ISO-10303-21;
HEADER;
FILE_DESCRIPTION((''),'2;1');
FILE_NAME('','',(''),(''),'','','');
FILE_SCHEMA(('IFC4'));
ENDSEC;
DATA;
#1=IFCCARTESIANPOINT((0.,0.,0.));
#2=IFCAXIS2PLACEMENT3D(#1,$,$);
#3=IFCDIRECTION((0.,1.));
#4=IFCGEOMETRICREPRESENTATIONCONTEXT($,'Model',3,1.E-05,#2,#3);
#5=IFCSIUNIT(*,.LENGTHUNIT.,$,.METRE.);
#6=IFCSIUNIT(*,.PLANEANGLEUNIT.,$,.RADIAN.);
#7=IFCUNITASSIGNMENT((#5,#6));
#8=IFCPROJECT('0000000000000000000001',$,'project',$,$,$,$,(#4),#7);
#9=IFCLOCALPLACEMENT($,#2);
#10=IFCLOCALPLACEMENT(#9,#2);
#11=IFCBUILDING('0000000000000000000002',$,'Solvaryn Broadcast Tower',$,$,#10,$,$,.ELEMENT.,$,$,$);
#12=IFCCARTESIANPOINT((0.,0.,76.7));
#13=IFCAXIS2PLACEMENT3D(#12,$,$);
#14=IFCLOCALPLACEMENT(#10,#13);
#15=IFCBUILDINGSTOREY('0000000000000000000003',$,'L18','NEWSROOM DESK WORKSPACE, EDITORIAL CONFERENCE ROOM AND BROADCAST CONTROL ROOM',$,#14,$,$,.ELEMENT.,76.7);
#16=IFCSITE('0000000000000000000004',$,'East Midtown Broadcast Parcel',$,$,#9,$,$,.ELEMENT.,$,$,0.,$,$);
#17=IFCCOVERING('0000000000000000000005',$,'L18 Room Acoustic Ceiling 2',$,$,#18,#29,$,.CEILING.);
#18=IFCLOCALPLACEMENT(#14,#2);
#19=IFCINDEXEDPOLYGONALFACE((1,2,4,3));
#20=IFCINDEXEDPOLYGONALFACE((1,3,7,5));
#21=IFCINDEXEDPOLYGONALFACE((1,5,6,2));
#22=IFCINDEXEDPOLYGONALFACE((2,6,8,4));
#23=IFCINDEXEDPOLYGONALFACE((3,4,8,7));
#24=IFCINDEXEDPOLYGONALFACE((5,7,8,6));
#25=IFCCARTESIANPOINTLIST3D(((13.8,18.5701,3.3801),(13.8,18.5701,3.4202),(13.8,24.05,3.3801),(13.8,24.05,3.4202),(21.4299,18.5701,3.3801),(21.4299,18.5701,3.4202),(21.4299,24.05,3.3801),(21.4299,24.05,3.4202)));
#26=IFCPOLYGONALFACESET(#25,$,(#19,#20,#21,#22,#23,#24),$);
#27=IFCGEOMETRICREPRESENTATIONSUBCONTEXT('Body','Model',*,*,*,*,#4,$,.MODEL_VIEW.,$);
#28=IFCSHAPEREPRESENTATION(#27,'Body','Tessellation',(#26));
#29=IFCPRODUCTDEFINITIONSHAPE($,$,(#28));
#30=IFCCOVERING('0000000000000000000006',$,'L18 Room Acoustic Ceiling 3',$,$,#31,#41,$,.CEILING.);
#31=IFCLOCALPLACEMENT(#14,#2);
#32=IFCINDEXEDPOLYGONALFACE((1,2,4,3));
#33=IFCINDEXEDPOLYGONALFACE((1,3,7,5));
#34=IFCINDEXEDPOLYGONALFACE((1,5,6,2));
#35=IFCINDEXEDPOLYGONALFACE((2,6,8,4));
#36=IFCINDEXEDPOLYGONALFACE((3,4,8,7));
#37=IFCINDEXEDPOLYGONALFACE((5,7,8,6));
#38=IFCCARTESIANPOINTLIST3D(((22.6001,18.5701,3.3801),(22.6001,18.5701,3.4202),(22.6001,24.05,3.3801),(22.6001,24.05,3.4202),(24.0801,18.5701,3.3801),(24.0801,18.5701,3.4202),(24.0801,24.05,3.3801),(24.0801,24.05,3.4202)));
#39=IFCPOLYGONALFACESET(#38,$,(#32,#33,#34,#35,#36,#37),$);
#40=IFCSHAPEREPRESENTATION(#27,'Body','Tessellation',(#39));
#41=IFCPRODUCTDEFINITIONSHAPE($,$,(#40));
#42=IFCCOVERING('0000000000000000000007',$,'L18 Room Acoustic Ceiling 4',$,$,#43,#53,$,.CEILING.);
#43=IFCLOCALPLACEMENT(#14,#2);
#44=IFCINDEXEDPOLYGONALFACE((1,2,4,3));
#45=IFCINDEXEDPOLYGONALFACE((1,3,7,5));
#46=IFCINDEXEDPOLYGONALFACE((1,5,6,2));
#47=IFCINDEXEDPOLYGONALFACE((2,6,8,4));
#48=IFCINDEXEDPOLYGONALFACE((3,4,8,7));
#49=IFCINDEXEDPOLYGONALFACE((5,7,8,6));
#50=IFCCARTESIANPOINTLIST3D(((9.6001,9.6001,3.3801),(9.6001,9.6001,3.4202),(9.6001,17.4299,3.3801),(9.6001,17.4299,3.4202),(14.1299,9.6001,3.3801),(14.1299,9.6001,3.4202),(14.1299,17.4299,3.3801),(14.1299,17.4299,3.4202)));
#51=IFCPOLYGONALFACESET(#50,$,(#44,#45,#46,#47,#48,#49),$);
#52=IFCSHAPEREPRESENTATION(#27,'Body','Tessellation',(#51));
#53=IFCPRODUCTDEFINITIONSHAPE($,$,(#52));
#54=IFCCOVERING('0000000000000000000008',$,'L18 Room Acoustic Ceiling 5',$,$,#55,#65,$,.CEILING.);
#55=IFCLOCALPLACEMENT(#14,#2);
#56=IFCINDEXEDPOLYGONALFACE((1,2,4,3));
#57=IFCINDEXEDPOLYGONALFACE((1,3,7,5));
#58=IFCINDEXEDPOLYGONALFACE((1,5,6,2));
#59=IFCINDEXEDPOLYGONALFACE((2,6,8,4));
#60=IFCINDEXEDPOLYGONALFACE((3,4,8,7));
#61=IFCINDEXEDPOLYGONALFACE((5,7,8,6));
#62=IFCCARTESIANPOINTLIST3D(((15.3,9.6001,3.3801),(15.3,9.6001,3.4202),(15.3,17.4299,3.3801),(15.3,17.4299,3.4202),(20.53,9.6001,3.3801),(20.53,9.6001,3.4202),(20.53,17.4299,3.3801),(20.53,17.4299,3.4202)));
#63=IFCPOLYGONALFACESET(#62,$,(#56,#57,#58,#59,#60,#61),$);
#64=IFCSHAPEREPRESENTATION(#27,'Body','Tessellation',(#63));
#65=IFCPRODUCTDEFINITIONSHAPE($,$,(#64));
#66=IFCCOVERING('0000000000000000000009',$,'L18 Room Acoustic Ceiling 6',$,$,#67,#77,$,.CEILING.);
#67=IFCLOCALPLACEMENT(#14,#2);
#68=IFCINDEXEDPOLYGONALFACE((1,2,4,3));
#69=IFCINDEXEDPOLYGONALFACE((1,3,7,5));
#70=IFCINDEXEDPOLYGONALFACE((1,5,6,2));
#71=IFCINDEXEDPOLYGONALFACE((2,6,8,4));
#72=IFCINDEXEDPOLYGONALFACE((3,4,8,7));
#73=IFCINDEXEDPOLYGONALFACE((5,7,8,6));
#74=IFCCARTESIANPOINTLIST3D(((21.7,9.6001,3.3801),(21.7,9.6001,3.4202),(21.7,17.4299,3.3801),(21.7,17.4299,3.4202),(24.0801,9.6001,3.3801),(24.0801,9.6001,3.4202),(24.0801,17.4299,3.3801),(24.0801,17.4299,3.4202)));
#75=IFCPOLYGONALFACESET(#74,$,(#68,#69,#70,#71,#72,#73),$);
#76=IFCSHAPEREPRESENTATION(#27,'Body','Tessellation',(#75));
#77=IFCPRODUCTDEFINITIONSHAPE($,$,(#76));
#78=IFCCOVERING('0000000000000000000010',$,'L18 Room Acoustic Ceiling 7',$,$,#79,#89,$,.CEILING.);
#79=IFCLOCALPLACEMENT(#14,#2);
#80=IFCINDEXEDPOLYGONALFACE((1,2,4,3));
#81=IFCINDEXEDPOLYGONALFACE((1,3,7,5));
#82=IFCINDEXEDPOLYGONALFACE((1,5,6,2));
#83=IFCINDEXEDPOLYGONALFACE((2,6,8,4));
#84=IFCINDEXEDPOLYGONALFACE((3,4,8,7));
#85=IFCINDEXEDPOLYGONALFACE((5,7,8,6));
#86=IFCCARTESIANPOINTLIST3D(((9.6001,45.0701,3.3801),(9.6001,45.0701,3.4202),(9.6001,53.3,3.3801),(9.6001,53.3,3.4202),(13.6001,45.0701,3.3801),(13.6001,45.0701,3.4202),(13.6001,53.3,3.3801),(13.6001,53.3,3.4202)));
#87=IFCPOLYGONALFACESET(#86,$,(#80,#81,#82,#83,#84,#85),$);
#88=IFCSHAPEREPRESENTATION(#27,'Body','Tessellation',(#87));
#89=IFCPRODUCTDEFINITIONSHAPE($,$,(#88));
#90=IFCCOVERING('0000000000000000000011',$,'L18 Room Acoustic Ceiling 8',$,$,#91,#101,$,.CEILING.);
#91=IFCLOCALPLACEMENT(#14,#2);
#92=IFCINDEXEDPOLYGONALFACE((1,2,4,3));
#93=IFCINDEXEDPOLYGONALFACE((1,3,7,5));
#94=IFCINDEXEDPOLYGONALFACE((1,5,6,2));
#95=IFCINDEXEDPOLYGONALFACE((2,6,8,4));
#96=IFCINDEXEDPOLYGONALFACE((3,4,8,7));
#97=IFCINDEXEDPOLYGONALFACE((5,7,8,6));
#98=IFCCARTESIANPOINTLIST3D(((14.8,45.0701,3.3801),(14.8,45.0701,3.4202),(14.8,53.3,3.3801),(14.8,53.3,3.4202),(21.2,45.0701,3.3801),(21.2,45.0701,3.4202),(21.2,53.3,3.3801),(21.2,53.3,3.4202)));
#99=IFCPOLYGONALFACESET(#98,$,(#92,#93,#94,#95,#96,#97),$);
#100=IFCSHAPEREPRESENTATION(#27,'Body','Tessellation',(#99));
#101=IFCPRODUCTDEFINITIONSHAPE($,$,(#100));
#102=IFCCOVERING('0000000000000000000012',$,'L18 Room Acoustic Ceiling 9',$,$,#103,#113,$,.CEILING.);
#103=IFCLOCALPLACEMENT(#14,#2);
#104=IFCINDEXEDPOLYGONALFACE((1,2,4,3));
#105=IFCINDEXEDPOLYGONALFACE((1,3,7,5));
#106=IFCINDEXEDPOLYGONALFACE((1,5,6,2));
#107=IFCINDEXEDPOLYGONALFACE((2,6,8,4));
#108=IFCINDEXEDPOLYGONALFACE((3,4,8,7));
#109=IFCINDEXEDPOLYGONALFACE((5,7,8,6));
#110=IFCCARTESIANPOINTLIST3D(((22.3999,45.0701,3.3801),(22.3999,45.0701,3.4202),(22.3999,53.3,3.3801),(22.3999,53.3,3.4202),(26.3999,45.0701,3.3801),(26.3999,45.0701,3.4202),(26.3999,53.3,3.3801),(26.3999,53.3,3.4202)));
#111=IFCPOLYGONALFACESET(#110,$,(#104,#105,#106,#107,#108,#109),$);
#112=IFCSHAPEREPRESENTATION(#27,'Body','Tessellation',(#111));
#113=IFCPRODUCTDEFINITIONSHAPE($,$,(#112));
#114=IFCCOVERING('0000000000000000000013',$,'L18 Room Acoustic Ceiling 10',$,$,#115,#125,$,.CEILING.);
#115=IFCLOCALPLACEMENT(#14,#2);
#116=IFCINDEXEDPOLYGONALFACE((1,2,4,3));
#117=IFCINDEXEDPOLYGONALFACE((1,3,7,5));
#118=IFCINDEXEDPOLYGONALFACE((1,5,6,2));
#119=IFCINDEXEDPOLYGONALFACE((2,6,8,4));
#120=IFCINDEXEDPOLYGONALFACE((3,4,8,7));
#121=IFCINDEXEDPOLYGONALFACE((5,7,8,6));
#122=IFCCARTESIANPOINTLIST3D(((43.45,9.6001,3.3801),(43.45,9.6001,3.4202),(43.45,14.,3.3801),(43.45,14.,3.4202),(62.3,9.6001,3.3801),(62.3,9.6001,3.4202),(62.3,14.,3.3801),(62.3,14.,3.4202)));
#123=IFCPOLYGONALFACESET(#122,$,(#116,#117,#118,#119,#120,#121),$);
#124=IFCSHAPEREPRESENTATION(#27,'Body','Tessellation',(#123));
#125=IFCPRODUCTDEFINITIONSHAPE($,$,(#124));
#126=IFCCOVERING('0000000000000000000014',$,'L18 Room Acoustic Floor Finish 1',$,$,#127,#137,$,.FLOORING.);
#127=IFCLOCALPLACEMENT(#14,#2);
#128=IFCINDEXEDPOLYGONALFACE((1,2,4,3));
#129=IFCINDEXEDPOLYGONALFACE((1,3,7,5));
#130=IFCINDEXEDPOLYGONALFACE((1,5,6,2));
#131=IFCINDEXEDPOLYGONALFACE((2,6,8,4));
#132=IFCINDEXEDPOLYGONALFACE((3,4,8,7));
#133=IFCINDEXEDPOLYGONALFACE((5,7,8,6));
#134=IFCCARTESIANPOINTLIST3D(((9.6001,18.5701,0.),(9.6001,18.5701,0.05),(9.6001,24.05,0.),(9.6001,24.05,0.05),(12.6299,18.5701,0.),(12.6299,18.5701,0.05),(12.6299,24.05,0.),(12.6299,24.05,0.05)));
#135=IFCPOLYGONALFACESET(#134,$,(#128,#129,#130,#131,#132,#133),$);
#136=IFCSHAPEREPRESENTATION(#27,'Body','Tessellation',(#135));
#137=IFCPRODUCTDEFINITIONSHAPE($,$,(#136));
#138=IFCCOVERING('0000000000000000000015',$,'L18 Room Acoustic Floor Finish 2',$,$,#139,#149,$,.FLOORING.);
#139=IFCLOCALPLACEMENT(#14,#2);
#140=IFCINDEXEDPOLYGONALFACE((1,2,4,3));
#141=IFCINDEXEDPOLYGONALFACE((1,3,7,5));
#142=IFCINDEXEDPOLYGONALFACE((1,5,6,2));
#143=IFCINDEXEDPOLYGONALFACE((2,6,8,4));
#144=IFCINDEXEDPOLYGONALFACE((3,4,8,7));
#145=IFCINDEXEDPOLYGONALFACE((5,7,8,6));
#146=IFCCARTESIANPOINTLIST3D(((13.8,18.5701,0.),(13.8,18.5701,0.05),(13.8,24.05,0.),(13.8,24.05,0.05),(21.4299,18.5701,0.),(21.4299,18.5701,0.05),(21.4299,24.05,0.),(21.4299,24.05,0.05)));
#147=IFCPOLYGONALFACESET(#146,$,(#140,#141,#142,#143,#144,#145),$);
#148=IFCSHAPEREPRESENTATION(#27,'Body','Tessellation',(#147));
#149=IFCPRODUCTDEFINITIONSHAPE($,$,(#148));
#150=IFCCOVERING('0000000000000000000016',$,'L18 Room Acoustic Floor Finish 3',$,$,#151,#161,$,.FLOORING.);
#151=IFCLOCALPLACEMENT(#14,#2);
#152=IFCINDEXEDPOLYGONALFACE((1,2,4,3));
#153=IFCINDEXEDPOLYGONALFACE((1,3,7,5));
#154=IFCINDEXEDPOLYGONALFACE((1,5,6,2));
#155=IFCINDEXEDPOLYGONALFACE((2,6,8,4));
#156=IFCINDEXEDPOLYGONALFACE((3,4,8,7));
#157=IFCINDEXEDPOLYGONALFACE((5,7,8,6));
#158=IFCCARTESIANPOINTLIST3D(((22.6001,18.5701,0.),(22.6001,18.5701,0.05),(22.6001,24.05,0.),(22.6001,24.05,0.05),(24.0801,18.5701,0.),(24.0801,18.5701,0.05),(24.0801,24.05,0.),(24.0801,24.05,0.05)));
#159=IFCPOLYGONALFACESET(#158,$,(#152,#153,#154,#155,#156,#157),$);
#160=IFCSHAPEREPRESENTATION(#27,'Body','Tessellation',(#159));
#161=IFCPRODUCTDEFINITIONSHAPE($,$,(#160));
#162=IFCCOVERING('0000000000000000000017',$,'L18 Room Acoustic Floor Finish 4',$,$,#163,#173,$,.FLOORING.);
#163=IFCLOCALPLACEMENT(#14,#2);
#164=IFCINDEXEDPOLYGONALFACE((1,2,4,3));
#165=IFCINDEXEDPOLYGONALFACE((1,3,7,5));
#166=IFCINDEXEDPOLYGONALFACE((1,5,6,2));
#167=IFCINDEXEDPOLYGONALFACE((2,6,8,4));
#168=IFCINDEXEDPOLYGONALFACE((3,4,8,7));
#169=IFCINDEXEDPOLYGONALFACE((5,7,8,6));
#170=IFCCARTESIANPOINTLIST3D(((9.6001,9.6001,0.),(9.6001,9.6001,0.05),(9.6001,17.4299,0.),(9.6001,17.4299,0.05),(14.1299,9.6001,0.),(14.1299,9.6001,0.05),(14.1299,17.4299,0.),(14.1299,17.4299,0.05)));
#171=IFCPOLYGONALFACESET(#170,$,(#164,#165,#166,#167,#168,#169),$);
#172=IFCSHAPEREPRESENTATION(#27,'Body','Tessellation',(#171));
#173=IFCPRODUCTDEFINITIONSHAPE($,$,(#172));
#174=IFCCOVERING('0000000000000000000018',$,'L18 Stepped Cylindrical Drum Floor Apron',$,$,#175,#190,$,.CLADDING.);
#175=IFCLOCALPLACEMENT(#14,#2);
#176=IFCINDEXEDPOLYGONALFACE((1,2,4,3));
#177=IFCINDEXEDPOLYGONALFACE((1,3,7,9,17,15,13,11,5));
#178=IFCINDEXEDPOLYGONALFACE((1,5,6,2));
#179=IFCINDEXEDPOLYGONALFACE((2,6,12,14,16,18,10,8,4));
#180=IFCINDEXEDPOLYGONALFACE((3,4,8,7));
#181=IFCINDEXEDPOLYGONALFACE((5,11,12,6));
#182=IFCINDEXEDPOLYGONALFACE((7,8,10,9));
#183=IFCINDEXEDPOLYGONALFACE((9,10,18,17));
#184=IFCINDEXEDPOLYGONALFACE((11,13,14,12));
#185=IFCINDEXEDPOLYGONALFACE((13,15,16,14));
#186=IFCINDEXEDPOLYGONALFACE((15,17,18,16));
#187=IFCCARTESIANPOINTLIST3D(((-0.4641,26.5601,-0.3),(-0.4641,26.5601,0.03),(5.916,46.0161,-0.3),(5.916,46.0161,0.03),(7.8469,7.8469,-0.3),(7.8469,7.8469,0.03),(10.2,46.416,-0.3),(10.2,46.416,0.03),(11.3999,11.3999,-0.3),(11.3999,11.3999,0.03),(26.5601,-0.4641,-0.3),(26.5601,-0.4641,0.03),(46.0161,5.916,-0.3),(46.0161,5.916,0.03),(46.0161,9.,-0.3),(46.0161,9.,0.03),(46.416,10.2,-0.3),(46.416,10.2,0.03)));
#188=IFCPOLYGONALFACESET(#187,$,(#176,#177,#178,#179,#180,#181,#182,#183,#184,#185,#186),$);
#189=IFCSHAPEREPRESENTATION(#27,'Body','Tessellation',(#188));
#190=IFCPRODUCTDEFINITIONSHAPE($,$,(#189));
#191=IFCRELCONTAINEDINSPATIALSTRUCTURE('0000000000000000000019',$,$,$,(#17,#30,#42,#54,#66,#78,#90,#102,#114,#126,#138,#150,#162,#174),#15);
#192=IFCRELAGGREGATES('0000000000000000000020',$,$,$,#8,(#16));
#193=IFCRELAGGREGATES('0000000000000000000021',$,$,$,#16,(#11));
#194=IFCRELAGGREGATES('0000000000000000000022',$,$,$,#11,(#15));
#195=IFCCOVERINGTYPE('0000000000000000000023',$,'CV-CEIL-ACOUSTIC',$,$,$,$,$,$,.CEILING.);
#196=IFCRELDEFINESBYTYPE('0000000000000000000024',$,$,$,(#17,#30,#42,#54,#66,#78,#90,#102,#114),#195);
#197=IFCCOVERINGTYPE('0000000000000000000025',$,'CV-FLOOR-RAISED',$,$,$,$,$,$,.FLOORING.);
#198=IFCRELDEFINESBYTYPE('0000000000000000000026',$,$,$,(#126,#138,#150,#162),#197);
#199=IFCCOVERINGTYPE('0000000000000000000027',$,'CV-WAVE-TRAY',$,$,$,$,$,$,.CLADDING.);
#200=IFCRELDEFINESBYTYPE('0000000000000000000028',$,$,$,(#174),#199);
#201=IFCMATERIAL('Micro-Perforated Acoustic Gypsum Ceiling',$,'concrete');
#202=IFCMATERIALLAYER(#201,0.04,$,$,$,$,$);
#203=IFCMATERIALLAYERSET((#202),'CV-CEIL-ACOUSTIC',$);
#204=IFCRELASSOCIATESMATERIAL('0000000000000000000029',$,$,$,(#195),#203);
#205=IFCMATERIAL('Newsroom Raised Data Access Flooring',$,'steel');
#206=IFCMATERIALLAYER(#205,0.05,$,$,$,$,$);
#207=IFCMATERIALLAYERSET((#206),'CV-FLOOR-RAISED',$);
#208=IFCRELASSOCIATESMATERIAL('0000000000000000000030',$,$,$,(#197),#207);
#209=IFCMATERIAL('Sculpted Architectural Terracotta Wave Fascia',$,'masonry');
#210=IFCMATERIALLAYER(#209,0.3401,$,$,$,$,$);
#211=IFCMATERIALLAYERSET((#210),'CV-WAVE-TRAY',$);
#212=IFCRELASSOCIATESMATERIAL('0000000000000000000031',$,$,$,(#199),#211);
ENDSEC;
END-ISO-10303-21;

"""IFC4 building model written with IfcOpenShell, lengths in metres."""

from ifc_helpers import new_model, si_unit, direction, frame, origin, place, context, subcontext, project, spatial, polyline, outline, extrude, material, layer, layer_set, type_object, element, save


model = new_model("IFC4")

# Units and contexts
model_context = context("Model", 3, precision=1e-05, world=origin(), true_north=direction((0.0, 1.0)))
body_context = subcontext(model_context, "Body", "Model", "MODEL_VIEW")
ifc_project = project(units=[si_unit("LENGTHUNIT", "METRE"), si_unit("PLANEANGLEUNIT", "RADIAN")], contexts=[model_context])

# Site, building, storey
site_placement = place(None, origin())
site = spatial("IfcSite", under=ifc_project, at=site_placement, Name="East Midtown Broadcast Parcel", CompositionType="ELEMENT", RefElevation=0.0)
building_placement = place(site_placement, origin())
building = spatial("IfcBuilding", under=site, at=building_placement, Name="Solvaryn Broadcast Tower", CompositionType="ELEMENT")
storey_placement = place(building_placement, frame((0.0, 0.0, 76.7)))
storey = spatial("IfcBuildingStorey", under=building, at=storey_placement, Name="L18", Description="NEWSROOM DESK WORKSPACE, EDITORIAL CONFERENCE ROOM AND BROADCAST CONTROL ROOM", CompositionType="ELEMENT", Elevation=76.7)

# Coverings
ifc_material_1 = material(Name="Micro-Perforated Acoustic Gypsum Ceiling", Category="concrete")
ifc_layer_1 = layer(ifc_material_1, 0.04)
ifc_layer_set_1 = layer_set([ifc_layer_1], Name="CV-CEIL-ACOUSTIC")
covering_type_1 = type_object("IfcCoveringType", Name="CV-CEIL-ACOUSTIC", PredefinedType="CEILING", material=ifc_layer_set_1)
covering_1_placement = place(storey_placement, frame((0.0, 0.0, 3.3801)))
element("IfcCovering", 1, at=covering_1_placement, inside=storey, type_object=covering_type_1, Name="L18 Room Acoustic Ceiling 2", PredefinedType="CEILING", context=body_context, shape_type="SweptSolid", body=[
    extrude(outline(polyline([(13.8, 18.5701), (21.4299, 18.5701), (21.4299, 24.05), (13.8, 24.05), (13.8, 18.5701)])), origin(), (0.0, 0.0, 1.0), 0.04),
])
covering_2_placement = place(storey_placement, frame((0.0, 0.0, 3.3801)))
element("IfcCovering", 2, at=covering_2_placement, inside=storey, type_object=covering_type_1, Name="L18 Room Acoustic Ceiling 3", PredefinedType="CEILING", context=body_context, shape_type="SweptSolid", body=[
    extrude(outline(polyline([(22.6001, 18.5701), (24.0801, 18.5701), (24.0801, 24.05), (22.6001, 24.05), (22.6001, 18.5701)])), origin(), (0.0, 0.0, 1.0), 0.04),
])
covering_3_placement = place(storey_placement, frame((0.0, 0.0, 3.3801)))
element("IfcCovering", 3, at=covering_3_placement, inside=storey, type_object=covering_type_1, Name="L18 Room Acoustic Ceiling 4", PredefinedType="CEILING", context=body_context, shape_type="SweptSolid", body=[
    extrude(outline(polyline([(9.6001, 9.6001), (14.1299, 9.6001), (14.1299, 17.4299), (9.6001, 17.4299), (9.6001, 9.6001)])), origin(), (0.0, 0.0, 1.0), 0.04),
])
covering_4_placement = place(storey_placement, frame((0.0, 0.0, 3.3801)))
element("IfcCovering", 4, at=covering_4_placement, inside=storey, type_object=covering_type_1, Name="L18 Room Acoustic Ceiling 5", PredefinedType="CEILING", context=body_context, shape_type="SweptSolid", body=[
    extrude(outline(polyline([(15.3, 9.6001), (20.53, 9.6001), (20.53, 17.4299), (15.3, 17.4299), (15.3, 9.6001)])), origin(), (0.0, 0.0, 1.0), 0.04),
])
covering_5_placement = place(storey_placement, frame((0.0, 0.0, 3.3801)))
element("IfcCovering", 5, at=covering_5_placement, inside=storey, type_object=covering_type_1, Name="L18 Room Acoustic Ceiling 6", PredefinedType="CEILING", context=body_context, shape_type="SweptSolid", body=[
    extrude(outline(polyline([(21.7, 9.6001), (24.0801, 9.6001), (24.0801, 17.4299), (21.7, 17.4299), (21.7, 9.6001)])), origin(), (0.0, 0.0, 1.0), 0.04),
])
covering_6_placement = place(storey_placement, frame((0.0, 0.0, 3.3801)))
element("IfcCovering", 6, at=covering_6_placement, inside=storey, type_object=covering_type_1, Name="L18 Room Acoustic Ceiling 7", PredefinedType="CEILING", context=body_context, shape_type="SweptSolid", body=[
    extrude(outline(polyline([(9.6001, 45.0701), (13.6001, 45.0701), (13.6001, 53.3), (9.6001, 53.3), (9.6001, 45.0701)])), origin(), (0.0, 0.0, 1.0), 0.04),
])
covering_7_placement = place(storey_placement, frame((0.0, 0.0, 3.3801)))
element("IfcCovering", 7, at=covering_7_placement, inside=storey, type_object=covering_type_1, Name="L18 Room Acoustic Ceiling 8", PredefinedType="CEILING", context=body_context, shape_type="SweptSolid", body=[
    extrude(outline(polyline([(14.8, 45.0701), (21.2, 45.0701), (21.2, 53.3), (14.8, 53.3), (14.8, 45.0701)])), origin(), (0.0, 0.0, 1.0), 0.04),
])
covering_8_placement = place(storey_placement, frame((0.0, 0.0, 3.3801)))
element("IfcCovering", 8, at=covering_8_placement, inside=storey, type_object=covering_type_1, Name="L18 Room Acoustic Ceiling 9", PredefinedType="CEILING", context=body_context, shape_type="SweptSolid", body=[
    extrude(outline(polyline([(22.3999, 45.0701), (26.3999, 45.0701), (26.3999, 53.3), (22.3999, 53.3), (22.3999, 45.0701)])), origin(), (0.0, 0.0, 1.0), 0.04),
])
covering_9_placement = place(storey_placement, frame((0.0, 0.0, 3.3801)))
element("IfcCovering", 9, at=covering_9_placement, inside=storey, type_object=covering_type_1, Name="L18 Room Acoustic Ceiling 10", PredefinedType="CEILING", context=body_context, shape_type="SweptSolid", body=[
    extrude(outline(polyline([(43.45, 9.6001), (62.3, 9.6001), (62.3, 14.0), (43.45, 14.0), (43.45, 9.6001)])), origin(), (0.0, 0.0, 1.0), 0.04),
])
ifc_material_2 = material(Name="Newsroom Raised Data Access Flooring", Category="steel")
ifc_layer_2 = layer(ifc_material_2, 0.05)
ifc_layer_set_2 = layer_set([ifc_layer_2], Name="CV-FLOOR-RAISED")
covering_type_2 = type_object("IfcCoveringType", Name="CV-FLOOR-RAISED", PredefinedType="FLOORING", material=ifc_layer_set_2)
covering_10_placement = place(storey_placement, origin())
element("IfcCovering", 10, at=covering_10_placement, inside=storey, type_object=covering_type_2, Name="L18 Room Acoustic Floor Finish 1", PredefinedType="FLOORING", context=body_context, shape_type="SweptSolid", body=[
    extrude(outline(polyline([(9.6001, 18.5701), (12.6299, 18.5701), (12.6299, 24.05), (9.6001, 24.05), (9.6001, 18.5701)])), origin(), (0.0, 0.0, 1.0), 0.05),
])
covering_11_placement = place(storey_placement, origin())
element("IfcCovering", 11, at=covering_11_placement, inside=storey, type_object=covering_type_2, Name="L18 Room Acoustic Floor Finish 2", PredefinedType="FLOORING", context=body_context, shape_type="SweptSolid", body=[
    extrude(outline(polyline([(13.8, 18.5701), (21.4299, 18.5701), (21.4299, 24.05), (13.8, 24.05), (13.8, 18.5701)])), origin(), (0.0, 0.0, 1.0), 0.05),
])
covering_12_placement = place(storey_placement, origin())
element("IfcCovering", 12, at=covering_12_placement, inside=storey, type_object=covering_type_2, Name="L18 Room Acoustic Floor Finish 3", PredefinedType="FLOORING", context=body_context, shape_type="SweptSolid", body=[
    extrude(outline(polyline([(22.6001, 18.5701), (24.0801, 18.5701), (24.0801, 24.05), (22.6001, 24.05), (22.6001, 18.5701)])), origin(), (0.0, 0.0, 1.0), 0.05),
])
covering_13_placement = place(storey_placement, origin())
element("IfcCovering", 13, at=covering_13_placement, inside=storey, type_object=covering_type_2, Name="L18 Room Acoustic Floor Finish 4", PredefinedType="FLOORING", context=body_context, shape_type="SweptSolid", body=[
    extrude(outline(polyline([(9.6001, 9.6001), (14.1299, 9.6001), (14.1299, 17.4299), (9.6001, 17.4299), (9.6001, 9.6001)])), origin(), (0.0, 0.0, 1.0), 0.05),
])
ifc_material_3 = material(Name="Sculpted Architectural Terracotta Wave Fascia", Category="masonry")
ifc_layer_3 = layer(ifc_material_3, 0.3401)
ifc_layer_set_3 = layer_set([ifc_layer_3], Name="CV-WAVE-TRAY")
covering_type_3 = type_object("IfcCoveringType", Name="CV-WAVE-TRAY", PredefinedType="CLADDING", material=ifc_layer_set_3)
covering_14_placement = place(storey_placement, frame((0.0, 0.0, -0.3)))
element("IfcCovering", 14, at=covering_14_placement, inside=storey, type_object=covering_type_3, Name="L18 Stepped Cylindrical Drum Floor Apron", PredefinedType="CLADDING", context=body_context, shape_type="SweptSolid", body=[
    extrude(outline(polyline([(10.2, 46.416), (5.916, 46.0161), (-0.4641, 26.5601), (7.8469, 7.8469), (26.5601, -0.4641), (46.0161, 5.916), (46.0161, 9.0), (46.416, 10.2), (11.3999, 11.3999), (10.2, 46.416)])), origin(), (0.0, 0.0, 1.0), 0.3301),
])

save(model, "model.ifc")
